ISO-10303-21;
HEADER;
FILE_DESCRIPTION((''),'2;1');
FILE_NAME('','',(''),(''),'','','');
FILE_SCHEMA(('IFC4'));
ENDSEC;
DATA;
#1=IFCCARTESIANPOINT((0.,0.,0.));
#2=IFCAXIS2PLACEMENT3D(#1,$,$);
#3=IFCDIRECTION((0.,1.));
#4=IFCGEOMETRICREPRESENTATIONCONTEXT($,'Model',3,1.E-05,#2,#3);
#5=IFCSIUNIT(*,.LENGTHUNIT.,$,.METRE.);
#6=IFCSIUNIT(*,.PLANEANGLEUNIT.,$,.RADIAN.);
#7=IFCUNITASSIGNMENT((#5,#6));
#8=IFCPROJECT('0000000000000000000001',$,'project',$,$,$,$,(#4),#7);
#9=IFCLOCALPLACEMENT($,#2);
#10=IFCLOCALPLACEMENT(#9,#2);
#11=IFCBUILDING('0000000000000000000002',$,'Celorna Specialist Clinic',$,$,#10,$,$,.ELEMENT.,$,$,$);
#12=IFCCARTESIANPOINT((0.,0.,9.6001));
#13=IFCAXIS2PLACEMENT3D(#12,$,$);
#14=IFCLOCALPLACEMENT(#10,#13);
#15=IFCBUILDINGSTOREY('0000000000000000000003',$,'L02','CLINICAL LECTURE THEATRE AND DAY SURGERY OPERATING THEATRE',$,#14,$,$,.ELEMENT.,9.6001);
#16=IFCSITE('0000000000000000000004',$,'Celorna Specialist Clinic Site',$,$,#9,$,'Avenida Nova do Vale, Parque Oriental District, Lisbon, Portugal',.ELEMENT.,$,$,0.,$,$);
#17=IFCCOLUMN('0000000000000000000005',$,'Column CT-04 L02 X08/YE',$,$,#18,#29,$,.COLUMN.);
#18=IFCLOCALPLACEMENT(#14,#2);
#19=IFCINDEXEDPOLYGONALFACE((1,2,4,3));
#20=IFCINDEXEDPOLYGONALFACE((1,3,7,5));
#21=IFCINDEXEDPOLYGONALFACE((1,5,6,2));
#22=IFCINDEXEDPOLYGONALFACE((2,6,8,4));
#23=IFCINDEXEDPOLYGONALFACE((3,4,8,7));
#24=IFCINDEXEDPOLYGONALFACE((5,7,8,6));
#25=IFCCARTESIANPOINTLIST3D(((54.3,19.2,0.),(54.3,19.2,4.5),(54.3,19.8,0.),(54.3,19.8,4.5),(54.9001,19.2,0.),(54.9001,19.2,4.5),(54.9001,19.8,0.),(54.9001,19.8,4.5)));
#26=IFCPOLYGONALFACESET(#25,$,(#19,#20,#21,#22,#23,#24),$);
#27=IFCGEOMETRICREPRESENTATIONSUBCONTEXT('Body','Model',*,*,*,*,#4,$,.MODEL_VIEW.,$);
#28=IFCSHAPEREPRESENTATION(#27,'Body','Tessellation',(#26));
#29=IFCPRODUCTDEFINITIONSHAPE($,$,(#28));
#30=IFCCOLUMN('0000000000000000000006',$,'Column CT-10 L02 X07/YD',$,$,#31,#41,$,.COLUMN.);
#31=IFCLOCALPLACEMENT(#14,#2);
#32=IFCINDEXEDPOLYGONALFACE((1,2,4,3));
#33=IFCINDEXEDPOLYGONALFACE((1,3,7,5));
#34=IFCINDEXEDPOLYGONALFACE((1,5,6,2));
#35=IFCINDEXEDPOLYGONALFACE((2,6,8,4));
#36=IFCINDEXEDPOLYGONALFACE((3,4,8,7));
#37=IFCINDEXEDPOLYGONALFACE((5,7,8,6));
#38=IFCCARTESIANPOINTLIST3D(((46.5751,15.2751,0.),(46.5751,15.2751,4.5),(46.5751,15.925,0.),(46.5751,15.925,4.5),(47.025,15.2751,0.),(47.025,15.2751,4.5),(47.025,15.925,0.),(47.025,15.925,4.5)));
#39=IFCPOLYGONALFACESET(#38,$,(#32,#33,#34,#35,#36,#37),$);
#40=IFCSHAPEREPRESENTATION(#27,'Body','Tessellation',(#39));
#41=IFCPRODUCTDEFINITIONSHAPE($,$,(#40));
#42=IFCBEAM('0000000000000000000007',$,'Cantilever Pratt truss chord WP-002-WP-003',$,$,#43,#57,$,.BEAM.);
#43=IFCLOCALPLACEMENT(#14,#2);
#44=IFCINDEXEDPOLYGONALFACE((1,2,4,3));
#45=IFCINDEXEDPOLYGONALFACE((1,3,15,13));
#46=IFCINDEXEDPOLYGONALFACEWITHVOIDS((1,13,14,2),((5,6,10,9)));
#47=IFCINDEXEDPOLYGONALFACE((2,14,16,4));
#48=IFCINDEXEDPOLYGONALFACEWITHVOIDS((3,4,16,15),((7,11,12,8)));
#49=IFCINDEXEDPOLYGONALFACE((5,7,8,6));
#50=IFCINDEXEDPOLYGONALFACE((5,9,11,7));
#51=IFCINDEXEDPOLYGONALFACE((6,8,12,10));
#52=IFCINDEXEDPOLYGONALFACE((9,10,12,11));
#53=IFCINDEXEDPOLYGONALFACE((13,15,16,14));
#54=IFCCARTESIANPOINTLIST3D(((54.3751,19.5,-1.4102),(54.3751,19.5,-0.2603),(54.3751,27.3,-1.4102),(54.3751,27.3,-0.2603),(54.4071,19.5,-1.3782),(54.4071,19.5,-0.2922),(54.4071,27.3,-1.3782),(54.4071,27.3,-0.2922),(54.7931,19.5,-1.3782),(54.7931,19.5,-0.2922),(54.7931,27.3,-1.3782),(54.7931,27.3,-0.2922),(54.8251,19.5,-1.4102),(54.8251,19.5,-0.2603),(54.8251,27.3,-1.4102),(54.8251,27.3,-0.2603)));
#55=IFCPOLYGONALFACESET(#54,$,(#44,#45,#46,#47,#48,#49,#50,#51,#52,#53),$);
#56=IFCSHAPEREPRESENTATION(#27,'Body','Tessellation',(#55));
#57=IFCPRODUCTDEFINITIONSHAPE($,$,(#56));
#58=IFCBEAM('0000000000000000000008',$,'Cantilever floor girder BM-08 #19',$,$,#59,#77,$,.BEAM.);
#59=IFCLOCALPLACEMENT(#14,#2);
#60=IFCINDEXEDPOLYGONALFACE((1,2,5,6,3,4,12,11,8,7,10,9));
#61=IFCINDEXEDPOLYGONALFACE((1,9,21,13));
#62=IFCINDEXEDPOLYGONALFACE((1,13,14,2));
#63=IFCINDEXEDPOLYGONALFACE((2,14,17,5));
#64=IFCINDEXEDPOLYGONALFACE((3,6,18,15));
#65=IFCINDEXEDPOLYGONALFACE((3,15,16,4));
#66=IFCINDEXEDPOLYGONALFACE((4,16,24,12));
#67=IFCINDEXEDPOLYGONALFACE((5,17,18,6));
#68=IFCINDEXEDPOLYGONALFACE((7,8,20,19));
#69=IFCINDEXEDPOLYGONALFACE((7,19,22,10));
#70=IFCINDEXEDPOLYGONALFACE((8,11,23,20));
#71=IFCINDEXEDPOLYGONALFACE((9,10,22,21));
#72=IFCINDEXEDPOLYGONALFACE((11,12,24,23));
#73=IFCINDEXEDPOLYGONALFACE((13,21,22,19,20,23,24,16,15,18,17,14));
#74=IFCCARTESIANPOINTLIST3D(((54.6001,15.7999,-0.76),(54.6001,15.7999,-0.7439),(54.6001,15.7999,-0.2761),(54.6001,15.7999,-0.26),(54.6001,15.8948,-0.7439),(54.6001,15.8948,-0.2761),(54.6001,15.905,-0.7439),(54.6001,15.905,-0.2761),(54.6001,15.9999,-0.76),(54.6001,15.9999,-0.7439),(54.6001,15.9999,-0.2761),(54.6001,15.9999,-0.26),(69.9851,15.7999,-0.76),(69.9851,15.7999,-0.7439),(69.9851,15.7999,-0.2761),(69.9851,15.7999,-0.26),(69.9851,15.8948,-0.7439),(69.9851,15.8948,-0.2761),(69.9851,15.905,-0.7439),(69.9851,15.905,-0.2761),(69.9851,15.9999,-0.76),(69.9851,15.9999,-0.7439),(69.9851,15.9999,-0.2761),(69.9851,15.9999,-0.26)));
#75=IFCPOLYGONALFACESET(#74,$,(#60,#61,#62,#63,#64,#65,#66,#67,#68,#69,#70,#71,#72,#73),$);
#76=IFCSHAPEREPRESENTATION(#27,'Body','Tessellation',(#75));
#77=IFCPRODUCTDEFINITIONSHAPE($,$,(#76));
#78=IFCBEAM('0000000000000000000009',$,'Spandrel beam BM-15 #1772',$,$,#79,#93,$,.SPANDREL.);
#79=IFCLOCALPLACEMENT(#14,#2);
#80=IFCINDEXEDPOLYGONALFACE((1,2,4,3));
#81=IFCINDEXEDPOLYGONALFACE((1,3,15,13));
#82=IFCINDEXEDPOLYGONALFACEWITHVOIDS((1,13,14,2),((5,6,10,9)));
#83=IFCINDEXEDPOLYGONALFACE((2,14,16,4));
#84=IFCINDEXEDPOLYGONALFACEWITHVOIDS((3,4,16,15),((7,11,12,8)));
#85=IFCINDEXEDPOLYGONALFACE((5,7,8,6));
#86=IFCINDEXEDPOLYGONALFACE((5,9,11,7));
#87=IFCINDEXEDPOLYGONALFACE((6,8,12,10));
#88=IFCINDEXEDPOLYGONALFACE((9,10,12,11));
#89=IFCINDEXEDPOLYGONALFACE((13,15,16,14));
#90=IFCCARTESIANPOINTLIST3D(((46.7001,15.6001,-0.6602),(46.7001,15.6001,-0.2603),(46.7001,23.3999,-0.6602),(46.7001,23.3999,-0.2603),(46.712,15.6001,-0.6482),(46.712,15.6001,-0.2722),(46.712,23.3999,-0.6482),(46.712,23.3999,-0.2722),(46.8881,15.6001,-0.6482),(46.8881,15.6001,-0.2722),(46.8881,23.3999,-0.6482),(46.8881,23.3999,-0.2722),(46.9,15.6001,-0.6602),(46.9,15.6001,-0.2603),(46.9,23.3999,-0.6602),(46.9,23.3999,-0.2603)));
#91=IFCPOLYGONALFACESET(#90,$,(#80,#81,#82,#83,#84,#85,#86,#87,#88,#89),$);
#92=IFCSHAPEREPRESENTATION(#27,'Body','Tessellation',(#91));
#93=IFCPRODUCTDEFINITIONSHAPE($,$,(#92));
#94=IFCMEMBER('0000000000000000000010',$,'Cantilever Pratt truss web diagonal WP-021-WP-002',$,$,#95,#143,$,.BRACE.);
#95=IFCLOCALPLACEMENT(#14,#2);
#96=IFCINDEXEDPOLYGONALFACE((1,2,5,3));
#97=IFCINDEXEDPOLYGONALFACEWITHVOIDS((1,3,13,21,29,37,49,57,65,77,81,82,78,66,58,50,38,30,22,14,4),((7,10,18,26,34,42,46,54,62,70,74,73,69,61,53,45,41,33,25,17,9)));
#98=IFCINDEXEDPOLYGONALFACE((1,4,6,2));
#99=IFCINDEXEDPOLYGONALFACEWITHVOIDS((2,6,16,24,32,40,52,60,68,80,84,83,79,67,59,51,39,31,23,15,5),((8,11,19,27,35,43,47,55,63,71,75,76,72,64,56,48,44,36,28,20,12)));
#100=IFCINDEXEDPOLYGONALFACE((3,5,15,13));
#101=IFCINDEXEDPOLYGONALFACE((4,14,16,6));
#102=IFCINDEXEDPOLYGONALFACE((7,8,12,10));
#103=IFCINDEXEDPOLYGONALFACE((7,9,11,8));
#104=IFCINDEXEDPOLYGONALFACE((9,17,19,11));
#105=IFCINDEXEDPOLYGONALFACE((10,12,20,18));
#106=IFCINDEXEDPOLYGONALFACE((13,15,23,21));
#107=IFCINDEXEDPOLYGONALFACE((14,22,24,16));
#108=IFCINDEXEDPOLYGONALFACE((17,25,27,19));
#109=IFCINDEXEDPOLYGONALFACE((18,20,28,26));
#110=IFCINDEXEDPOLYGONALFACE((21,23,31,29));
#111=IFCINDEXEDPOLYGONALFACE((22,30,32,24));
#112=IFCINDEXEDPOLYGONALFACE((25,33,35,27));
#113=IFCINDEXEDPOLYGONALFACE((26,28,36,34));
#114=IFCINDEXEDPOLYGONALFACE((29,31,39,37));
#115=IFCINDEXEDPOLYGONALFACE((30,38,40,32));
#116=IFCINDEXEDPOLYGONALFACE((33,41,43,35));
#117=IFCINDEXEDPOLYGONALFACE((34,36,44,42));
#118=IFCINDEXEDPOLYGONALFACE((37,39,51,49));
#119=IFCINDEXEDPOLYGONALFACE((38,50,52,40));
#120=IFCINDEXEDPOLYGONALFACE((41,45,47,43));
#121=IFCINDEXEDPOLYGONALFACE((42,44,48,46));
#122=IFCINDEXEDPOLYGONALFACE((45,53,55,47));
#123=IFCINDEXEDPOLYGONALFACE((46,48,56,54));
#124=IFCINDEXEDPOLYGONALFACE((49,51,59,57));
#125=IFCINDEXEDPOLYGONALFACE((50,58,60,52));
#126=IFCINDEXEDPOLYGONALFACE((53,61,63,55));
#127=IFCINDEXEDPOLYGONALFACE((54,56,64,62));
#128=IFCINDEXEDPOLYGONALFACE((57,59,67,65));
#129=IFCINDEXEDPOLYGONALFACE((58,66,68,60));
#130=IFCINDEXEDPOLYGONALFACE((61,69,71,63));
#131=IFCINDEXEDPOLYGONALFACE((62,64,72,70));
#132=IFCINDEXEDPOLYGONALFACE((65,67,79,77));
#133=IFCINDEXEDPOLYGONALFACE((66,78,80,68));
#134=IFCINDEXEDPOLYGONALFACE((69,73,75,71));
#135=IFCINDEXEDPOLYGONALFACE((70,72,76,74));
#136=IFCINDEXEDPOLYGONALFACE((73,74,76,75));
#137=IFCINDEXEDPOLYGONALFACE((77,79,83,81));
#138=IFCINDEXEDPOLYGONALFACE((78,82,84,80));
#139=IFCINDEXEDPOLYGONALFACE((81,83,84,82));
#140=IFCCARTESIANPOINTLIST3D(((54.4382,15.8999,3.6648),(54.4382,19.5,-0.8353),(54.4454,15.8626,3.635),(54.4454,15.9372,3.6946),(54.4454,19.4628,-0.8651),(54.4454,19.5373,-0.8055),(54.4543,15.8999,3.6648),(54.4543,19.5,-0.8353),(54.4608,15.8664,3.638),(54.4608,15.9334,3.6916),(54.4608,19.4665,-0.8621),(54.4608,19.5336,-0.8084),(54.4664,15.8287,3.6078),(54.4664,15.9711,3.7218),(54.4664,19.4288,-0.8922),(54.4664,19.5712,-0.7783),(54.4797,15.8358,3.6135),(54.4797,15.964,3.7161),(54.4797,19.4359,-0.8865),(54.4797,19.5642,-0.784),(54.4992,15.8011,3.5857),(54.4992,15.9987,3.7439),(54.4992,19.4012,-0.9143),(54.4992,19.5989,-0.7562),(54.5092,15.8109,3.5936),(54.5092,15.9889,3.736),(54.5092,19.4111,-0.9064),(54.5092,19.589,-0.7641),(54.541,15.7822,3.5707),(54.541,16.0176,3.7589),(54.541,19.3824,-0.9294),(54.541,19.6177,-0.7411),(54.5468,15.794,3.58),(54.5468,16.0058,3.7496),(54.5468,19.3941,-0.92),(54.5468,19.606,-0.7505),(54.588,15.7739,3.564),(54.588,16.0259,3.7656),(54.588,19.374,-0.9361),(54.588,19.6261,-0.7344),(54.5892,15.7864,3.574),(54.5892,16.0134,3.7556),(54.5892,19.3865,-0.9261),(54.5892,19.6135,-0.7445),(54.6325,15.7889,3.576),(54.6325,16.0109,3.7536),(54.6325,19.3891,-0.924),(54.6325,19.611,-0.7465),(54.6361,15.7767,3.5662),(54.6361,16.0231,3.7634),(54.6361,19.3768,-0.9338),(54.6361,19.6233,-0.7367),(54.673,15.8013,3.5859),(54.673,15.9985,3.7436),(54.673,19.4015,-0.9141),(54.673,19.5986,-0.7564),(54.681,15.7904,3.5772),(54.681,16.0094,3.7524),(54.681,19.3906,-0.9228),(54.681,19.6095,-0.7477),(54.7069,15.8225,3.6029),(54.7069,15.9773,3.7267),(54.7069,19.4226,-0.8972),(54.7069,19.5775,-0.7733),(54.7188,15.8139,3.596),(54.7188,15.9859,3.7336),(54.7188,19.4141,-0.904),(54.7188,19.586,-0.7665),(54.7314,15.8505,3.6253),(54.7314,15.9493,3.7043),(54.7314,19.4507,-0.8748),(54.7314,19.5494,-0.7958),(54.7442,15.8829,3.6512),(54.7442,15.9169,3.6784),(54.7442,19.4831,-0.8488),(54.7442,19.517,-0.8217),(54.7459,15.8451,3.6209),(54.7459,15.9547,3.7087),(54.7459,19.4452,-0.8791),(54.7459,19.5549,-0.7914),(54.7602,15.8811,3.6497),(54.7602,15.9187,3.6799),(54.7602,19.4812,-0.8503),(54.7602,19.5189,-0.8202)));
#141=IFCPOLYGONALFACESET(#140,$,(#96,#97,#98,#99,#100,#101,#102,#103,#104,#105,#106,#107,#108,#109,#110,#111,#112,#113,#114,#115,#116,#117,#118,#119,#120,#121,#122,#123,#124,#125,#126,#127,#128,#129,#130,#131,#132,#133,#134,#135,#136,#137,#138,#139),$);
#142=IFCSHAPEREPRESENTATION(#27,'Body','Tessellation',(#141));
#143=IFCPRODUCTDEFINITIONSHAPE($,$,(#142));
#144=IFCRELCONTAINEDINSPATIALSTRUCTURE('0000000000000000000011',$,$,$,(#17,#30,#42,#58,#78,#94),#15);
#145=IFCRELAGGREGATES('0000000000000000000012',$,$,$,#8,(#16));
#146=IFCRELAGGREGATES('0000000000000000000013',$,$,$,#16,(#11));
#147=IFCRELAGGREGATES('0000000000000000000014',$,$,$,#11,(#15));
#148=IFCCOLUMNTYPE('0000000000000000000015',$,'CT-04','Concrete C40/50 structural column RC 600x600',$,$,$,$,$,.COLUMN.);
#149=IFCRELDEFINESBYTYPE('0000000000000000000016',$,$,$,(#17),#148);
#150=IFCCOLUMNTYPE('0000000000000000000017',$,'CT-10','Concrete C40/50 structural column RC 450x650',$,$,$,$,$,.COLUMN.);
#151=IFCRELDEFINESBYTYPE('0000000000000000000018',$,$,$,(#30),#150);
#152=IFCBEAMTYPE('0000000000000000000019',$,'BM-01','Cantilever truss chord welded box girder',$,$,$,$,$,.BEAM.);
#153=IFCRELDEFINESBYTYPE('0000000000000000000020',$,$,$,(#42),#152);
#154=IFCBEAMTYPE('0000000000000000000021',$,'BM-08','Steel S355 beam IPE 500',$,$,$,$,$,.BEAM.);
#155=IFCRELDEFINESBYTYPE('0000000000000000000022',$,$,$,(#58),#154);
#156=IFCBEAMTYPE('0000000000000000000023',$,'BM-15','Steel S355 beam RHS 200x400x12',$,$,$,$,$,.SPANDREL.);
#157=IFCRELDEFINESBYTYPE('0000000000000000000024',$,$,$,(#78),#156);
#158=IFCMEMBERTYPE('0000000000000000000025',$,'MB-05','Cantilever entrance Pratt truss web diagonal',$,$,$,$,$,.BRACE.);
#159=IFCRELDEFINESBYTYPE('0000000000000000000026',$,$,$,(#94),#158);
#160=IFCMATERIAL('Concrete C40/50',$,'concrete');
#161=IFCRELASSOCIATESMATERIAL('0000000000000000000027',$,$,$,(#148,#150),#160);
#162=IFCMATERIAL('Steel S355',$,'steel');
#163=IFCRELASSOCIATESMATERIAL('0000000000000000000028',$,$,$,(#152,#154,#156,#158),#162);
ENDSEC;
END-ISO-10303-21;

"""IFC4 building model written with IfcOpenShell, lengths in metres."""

from ifc_helpers import new_model, si_unit, direction, frame, origin, origin_2d, place, context, subcontext, project, spatial, rectangle, hollow_rectangle, hollow_circle, i_section, extrude, material, material_profile, profile_set, type_object, element, save


model = new_model("IFC4")

# Units and contexts
model_context = context("Model", 3, precision=1e-05, world=origin(), true_north=direction((0.0, 1.0)))
body_context = subcontext(model_context, "Body", "Model", "MODEL_VIEW")
ifc_project = project(units=[si_unit("LENGTHUNIT", "METRE"), si_unit("PLANEANGLEUNIT", "RADIAN")], contexts=[model_context])

# Site, building, storey
site_placement = place(None, origin())
site = spatial("IfcSite", under=ifc_project, at=site_placement, Name="Celorna Specialist Clinic Site", LongName="Avenida Nova do Vale, Parque Oriental District, Lisbon, Portugal", CompositionType="ELEMENT", RefElevation=0.0)
building_placement = place(site_placement, origin())
building = spatial("IfcBuilding", under=site, at=building_placement, Name="Celorna Specialist Clinic", CompositionType="ELEMENT")
storey_placement = place(building_placement, frame((0.0, 0.0, 9.6001)))
storey = spatial("IfcBuildingStorey", under=building, at=storey_placement, Name="L02", Description="CLINICAL LECTURE THEATRE AND DAY SURGERY OPERATING THEATRE", CompositionType="ELEMENT", Elevation=9.6001)

# Columns
ifc_material_1 = material(Name="Concrete C40/50", Category="concrete")
ifc_material_profile_1 = material_profile(ifc_material_1, rectangle(XDim=0.6001, YDim=0.6001, at=origin_2d()), Name="RC 600x600")
ifc_profile_set_1 = profile_set([ifc_material_profile_1], Name="Concrete C40/50")
column_type_1 = type_object("IfcColumnType", Name="CT-04", Description="Concrete C40/50 structural column RC 600x600", PredefinedType="COLUMN", material=ifc_profile_set_1)
column_1_placement = place(storey_placement, frame((54.6001, 19.5, 0.0), z_axis=(0.0, 0.0, 1.0), x_axis=(1.0, 0.0, 0.0)))
element("IfcColumn", 1, at=column_1_placement, inside=storey, type_object=column_type_1, Name="Column CT-04 L02 X08/YE", PredefinedType="COLUMN", context=body_context, shape_type="SweptSolid", body=[
    extrude(rectangle(XDim=0.6001, YDim=0.6001, at=origin_2d()), origin(), (0.0, 0.0, 1.0), 4.5),
])
ifc_material_profile_2 = material_profile(ifc_material_1, rectangle(XDim=0.45, YDim=0.6499, at=origin_2d()), Name="RC 450x650")
ifc_profile_set_2 = profile_set([ifc_material_profile_2], Name="Concrete C40/50")
column_type_2 = type_object("IfcColumnType", Name="CT-10", Description="Concrete C40/50 structural column RC 450x650", PredefinedType="COLUMN", material=ifc_profile_set_2)
column_2_placement = place(storey_placement, frame((46.8, 15.6001, 0.0), z_axis=(0.0, 0.0, 1.0), x_axis=(1.0, 0.0, 0.0)))
element("IfcColumn", 2, at=column_2_placement, inside=storey, type_object=column_type_2, Name="Column CT-10 L02 X07/YD", PredefinedType="COLUMN", context=body_context, shape_type="SweptSolid", body=[
    extrude(rectangle(XDim=0.45, YDim=0.6499, at=origin_2d()), origin(), (0.0, 0.0, 1.0), 4.5),
])

# Beams
ifc_material_2 = material(Name="Steel S355", Category="steel")
ifc_material_profile_3 = material_profile(ifc_material_2, hollow_rectangle(XDim=0.45, YDim=1.1499, WallThickness=0.032, at=origin_2d()), Name="BOX 450x1150x32")
ifc_profile_set_3 = profile_set([ifc_material_profile_3], Name="Steel S355")
beam_type_1 = type_object("IfcBeamType", Name="BM-01", Description="Cantilever truss chord welded box girder", PredefinedType="BEAM", material=ifc_profile_set_3)
beam_1_placement = place(storey_placement, frame((54.6001, 19.5, -0.8352), z_axis=(0.0, 1.0, 0.0), x_axis=(-1.0, 0.0, 0.0)))
element("IfcBeam", 3, at=beam_1_placement, inside=storey, type_object=beam_type_1, Name="Cantilever Pratt truss chord WP-002-WP-003", PredefinedType="BEAM", context=body_context, shape_type="SweptSolid", body=[
    extrude(hollow_rectangle(XDim=0.45, YDim=1.1499, WallThickness=0.032, at=origin_2d()), origin(), (0.0, 0.0, 1.0), 7.8),
])
ifc_material_profile_4 = material_profile(ifc_material_2, i_section(OverallWidth=0.2, OverallDepth=0.5, WebThickness=0.0103, FlangeThickness=0.0161, at=origin_2d()), Name="IPE 500")
ifc_profile_set_4 = profile_set([ifc_material_profile_4], Name="Steel S355")
beam_type_2 = type_object("IfcBeamType", Name="BM-08", Description="Steel S355 beam IPE 500", PredefinedType="BEAM", material=ifc_profile_set_4)
beam_2_placement = place(storey_placement, frame((54.6001, 15.8999, -0.51), z_axis=(1.0, 0.0, 0.0), x_axis=(0.0, 1.0, 0.0)))
element("IfcBeam", 4, at=beam_2_placement, inside=storey, type_object=beam_type_2, Name="Cantilever floor girder BM-08 #19", PredefinedType="BEAM", context=body_context, shape_type="SweptSolid", body=[
    extrude(i_section(OverallWidth=0.2, OverallDepth=0.5, WebThickness=0.0103, FlangeThickness=0.0161, at=origin_2d()), origin(), (0.0, 0.0, 1.0), 15.385),
])
ifc_material_profile_5 = material_profile(ifc_material_2, hollow_rectangle(XDim=0.2, YDim=0.3999, WallThickness=0.012, at=origin_2d()), Name="RHS 200x400x12")
ifc_profile_set_5 = profile_set([ifc_material_profile_5], Name="Steel S355")
beam_type_3 = type_object("IfcBeamType", Name="BM-15", Description="Steel S355 beam RHS 200x400x12", PredefinedType="SPANDREL", material=ifc_profile_set_5)
beam_3_placement = place(storey_placement, frame((46.8, 15.6001, -0.4602), z_axis=(0.0, 1.0, 0.0), x_axis=(-1.0, 0.0, 0.0)))
element("IfcBeam", 5, at=beam_3_placement, inside=storey, type_object=beam_type_3, Name="Spandrel beam BM-15 #1772", PredefinedType="SPANDREL", context=body_context, shape_type="SweptSolid", body=[
    extrude(hollow_rectangle(XDim=0.2, YDim=0.3999, WallThickness=0.012, at=origin_2d()), origin(), (0.0, 0.0, 1.0), 7.7998),
])

# Member
ifc_material_profile_6 = material_profile(ifc_material_2, hollow_circle(Radius=0.1619, WallThickness=0.0161, at=origin_2d()), Name="CHS 323.9x16")
ifc_profile_set_6 = profile_set([ifc_material_profile_6], Name="Steel S355")
member_type_1 = type_object("IfcMemberType", Name="MB-05", Description="Cantilever entrance Pratt truss web diagonal", PredefinedType="BRACE", material=ifc_profile_set_6)
member_1_placement = place(storey_placement, frame((54.6001, 15.8999, 3.6648), z_axis=(0.0, 0.624705, -0.780861), x_axis=(-1.0, 0.0, 0.0)))
element("IfcMember", 6, at=member_1_placement, inside=storey, type_object=member_type_1, Name="Cantilever Pratt truss web diagonal WP-021-WP-002", PredefinedType="BRACE", context=body_context, shape_type="SweptSolid", body=[
    extrude(hollow_circle(Radius=0.1619, WallThickness=0.0161, at=origin_2d()), origin(), (0.0, 0.0, 1.0), 5.7629),
])

save(model, "model.ifc")
